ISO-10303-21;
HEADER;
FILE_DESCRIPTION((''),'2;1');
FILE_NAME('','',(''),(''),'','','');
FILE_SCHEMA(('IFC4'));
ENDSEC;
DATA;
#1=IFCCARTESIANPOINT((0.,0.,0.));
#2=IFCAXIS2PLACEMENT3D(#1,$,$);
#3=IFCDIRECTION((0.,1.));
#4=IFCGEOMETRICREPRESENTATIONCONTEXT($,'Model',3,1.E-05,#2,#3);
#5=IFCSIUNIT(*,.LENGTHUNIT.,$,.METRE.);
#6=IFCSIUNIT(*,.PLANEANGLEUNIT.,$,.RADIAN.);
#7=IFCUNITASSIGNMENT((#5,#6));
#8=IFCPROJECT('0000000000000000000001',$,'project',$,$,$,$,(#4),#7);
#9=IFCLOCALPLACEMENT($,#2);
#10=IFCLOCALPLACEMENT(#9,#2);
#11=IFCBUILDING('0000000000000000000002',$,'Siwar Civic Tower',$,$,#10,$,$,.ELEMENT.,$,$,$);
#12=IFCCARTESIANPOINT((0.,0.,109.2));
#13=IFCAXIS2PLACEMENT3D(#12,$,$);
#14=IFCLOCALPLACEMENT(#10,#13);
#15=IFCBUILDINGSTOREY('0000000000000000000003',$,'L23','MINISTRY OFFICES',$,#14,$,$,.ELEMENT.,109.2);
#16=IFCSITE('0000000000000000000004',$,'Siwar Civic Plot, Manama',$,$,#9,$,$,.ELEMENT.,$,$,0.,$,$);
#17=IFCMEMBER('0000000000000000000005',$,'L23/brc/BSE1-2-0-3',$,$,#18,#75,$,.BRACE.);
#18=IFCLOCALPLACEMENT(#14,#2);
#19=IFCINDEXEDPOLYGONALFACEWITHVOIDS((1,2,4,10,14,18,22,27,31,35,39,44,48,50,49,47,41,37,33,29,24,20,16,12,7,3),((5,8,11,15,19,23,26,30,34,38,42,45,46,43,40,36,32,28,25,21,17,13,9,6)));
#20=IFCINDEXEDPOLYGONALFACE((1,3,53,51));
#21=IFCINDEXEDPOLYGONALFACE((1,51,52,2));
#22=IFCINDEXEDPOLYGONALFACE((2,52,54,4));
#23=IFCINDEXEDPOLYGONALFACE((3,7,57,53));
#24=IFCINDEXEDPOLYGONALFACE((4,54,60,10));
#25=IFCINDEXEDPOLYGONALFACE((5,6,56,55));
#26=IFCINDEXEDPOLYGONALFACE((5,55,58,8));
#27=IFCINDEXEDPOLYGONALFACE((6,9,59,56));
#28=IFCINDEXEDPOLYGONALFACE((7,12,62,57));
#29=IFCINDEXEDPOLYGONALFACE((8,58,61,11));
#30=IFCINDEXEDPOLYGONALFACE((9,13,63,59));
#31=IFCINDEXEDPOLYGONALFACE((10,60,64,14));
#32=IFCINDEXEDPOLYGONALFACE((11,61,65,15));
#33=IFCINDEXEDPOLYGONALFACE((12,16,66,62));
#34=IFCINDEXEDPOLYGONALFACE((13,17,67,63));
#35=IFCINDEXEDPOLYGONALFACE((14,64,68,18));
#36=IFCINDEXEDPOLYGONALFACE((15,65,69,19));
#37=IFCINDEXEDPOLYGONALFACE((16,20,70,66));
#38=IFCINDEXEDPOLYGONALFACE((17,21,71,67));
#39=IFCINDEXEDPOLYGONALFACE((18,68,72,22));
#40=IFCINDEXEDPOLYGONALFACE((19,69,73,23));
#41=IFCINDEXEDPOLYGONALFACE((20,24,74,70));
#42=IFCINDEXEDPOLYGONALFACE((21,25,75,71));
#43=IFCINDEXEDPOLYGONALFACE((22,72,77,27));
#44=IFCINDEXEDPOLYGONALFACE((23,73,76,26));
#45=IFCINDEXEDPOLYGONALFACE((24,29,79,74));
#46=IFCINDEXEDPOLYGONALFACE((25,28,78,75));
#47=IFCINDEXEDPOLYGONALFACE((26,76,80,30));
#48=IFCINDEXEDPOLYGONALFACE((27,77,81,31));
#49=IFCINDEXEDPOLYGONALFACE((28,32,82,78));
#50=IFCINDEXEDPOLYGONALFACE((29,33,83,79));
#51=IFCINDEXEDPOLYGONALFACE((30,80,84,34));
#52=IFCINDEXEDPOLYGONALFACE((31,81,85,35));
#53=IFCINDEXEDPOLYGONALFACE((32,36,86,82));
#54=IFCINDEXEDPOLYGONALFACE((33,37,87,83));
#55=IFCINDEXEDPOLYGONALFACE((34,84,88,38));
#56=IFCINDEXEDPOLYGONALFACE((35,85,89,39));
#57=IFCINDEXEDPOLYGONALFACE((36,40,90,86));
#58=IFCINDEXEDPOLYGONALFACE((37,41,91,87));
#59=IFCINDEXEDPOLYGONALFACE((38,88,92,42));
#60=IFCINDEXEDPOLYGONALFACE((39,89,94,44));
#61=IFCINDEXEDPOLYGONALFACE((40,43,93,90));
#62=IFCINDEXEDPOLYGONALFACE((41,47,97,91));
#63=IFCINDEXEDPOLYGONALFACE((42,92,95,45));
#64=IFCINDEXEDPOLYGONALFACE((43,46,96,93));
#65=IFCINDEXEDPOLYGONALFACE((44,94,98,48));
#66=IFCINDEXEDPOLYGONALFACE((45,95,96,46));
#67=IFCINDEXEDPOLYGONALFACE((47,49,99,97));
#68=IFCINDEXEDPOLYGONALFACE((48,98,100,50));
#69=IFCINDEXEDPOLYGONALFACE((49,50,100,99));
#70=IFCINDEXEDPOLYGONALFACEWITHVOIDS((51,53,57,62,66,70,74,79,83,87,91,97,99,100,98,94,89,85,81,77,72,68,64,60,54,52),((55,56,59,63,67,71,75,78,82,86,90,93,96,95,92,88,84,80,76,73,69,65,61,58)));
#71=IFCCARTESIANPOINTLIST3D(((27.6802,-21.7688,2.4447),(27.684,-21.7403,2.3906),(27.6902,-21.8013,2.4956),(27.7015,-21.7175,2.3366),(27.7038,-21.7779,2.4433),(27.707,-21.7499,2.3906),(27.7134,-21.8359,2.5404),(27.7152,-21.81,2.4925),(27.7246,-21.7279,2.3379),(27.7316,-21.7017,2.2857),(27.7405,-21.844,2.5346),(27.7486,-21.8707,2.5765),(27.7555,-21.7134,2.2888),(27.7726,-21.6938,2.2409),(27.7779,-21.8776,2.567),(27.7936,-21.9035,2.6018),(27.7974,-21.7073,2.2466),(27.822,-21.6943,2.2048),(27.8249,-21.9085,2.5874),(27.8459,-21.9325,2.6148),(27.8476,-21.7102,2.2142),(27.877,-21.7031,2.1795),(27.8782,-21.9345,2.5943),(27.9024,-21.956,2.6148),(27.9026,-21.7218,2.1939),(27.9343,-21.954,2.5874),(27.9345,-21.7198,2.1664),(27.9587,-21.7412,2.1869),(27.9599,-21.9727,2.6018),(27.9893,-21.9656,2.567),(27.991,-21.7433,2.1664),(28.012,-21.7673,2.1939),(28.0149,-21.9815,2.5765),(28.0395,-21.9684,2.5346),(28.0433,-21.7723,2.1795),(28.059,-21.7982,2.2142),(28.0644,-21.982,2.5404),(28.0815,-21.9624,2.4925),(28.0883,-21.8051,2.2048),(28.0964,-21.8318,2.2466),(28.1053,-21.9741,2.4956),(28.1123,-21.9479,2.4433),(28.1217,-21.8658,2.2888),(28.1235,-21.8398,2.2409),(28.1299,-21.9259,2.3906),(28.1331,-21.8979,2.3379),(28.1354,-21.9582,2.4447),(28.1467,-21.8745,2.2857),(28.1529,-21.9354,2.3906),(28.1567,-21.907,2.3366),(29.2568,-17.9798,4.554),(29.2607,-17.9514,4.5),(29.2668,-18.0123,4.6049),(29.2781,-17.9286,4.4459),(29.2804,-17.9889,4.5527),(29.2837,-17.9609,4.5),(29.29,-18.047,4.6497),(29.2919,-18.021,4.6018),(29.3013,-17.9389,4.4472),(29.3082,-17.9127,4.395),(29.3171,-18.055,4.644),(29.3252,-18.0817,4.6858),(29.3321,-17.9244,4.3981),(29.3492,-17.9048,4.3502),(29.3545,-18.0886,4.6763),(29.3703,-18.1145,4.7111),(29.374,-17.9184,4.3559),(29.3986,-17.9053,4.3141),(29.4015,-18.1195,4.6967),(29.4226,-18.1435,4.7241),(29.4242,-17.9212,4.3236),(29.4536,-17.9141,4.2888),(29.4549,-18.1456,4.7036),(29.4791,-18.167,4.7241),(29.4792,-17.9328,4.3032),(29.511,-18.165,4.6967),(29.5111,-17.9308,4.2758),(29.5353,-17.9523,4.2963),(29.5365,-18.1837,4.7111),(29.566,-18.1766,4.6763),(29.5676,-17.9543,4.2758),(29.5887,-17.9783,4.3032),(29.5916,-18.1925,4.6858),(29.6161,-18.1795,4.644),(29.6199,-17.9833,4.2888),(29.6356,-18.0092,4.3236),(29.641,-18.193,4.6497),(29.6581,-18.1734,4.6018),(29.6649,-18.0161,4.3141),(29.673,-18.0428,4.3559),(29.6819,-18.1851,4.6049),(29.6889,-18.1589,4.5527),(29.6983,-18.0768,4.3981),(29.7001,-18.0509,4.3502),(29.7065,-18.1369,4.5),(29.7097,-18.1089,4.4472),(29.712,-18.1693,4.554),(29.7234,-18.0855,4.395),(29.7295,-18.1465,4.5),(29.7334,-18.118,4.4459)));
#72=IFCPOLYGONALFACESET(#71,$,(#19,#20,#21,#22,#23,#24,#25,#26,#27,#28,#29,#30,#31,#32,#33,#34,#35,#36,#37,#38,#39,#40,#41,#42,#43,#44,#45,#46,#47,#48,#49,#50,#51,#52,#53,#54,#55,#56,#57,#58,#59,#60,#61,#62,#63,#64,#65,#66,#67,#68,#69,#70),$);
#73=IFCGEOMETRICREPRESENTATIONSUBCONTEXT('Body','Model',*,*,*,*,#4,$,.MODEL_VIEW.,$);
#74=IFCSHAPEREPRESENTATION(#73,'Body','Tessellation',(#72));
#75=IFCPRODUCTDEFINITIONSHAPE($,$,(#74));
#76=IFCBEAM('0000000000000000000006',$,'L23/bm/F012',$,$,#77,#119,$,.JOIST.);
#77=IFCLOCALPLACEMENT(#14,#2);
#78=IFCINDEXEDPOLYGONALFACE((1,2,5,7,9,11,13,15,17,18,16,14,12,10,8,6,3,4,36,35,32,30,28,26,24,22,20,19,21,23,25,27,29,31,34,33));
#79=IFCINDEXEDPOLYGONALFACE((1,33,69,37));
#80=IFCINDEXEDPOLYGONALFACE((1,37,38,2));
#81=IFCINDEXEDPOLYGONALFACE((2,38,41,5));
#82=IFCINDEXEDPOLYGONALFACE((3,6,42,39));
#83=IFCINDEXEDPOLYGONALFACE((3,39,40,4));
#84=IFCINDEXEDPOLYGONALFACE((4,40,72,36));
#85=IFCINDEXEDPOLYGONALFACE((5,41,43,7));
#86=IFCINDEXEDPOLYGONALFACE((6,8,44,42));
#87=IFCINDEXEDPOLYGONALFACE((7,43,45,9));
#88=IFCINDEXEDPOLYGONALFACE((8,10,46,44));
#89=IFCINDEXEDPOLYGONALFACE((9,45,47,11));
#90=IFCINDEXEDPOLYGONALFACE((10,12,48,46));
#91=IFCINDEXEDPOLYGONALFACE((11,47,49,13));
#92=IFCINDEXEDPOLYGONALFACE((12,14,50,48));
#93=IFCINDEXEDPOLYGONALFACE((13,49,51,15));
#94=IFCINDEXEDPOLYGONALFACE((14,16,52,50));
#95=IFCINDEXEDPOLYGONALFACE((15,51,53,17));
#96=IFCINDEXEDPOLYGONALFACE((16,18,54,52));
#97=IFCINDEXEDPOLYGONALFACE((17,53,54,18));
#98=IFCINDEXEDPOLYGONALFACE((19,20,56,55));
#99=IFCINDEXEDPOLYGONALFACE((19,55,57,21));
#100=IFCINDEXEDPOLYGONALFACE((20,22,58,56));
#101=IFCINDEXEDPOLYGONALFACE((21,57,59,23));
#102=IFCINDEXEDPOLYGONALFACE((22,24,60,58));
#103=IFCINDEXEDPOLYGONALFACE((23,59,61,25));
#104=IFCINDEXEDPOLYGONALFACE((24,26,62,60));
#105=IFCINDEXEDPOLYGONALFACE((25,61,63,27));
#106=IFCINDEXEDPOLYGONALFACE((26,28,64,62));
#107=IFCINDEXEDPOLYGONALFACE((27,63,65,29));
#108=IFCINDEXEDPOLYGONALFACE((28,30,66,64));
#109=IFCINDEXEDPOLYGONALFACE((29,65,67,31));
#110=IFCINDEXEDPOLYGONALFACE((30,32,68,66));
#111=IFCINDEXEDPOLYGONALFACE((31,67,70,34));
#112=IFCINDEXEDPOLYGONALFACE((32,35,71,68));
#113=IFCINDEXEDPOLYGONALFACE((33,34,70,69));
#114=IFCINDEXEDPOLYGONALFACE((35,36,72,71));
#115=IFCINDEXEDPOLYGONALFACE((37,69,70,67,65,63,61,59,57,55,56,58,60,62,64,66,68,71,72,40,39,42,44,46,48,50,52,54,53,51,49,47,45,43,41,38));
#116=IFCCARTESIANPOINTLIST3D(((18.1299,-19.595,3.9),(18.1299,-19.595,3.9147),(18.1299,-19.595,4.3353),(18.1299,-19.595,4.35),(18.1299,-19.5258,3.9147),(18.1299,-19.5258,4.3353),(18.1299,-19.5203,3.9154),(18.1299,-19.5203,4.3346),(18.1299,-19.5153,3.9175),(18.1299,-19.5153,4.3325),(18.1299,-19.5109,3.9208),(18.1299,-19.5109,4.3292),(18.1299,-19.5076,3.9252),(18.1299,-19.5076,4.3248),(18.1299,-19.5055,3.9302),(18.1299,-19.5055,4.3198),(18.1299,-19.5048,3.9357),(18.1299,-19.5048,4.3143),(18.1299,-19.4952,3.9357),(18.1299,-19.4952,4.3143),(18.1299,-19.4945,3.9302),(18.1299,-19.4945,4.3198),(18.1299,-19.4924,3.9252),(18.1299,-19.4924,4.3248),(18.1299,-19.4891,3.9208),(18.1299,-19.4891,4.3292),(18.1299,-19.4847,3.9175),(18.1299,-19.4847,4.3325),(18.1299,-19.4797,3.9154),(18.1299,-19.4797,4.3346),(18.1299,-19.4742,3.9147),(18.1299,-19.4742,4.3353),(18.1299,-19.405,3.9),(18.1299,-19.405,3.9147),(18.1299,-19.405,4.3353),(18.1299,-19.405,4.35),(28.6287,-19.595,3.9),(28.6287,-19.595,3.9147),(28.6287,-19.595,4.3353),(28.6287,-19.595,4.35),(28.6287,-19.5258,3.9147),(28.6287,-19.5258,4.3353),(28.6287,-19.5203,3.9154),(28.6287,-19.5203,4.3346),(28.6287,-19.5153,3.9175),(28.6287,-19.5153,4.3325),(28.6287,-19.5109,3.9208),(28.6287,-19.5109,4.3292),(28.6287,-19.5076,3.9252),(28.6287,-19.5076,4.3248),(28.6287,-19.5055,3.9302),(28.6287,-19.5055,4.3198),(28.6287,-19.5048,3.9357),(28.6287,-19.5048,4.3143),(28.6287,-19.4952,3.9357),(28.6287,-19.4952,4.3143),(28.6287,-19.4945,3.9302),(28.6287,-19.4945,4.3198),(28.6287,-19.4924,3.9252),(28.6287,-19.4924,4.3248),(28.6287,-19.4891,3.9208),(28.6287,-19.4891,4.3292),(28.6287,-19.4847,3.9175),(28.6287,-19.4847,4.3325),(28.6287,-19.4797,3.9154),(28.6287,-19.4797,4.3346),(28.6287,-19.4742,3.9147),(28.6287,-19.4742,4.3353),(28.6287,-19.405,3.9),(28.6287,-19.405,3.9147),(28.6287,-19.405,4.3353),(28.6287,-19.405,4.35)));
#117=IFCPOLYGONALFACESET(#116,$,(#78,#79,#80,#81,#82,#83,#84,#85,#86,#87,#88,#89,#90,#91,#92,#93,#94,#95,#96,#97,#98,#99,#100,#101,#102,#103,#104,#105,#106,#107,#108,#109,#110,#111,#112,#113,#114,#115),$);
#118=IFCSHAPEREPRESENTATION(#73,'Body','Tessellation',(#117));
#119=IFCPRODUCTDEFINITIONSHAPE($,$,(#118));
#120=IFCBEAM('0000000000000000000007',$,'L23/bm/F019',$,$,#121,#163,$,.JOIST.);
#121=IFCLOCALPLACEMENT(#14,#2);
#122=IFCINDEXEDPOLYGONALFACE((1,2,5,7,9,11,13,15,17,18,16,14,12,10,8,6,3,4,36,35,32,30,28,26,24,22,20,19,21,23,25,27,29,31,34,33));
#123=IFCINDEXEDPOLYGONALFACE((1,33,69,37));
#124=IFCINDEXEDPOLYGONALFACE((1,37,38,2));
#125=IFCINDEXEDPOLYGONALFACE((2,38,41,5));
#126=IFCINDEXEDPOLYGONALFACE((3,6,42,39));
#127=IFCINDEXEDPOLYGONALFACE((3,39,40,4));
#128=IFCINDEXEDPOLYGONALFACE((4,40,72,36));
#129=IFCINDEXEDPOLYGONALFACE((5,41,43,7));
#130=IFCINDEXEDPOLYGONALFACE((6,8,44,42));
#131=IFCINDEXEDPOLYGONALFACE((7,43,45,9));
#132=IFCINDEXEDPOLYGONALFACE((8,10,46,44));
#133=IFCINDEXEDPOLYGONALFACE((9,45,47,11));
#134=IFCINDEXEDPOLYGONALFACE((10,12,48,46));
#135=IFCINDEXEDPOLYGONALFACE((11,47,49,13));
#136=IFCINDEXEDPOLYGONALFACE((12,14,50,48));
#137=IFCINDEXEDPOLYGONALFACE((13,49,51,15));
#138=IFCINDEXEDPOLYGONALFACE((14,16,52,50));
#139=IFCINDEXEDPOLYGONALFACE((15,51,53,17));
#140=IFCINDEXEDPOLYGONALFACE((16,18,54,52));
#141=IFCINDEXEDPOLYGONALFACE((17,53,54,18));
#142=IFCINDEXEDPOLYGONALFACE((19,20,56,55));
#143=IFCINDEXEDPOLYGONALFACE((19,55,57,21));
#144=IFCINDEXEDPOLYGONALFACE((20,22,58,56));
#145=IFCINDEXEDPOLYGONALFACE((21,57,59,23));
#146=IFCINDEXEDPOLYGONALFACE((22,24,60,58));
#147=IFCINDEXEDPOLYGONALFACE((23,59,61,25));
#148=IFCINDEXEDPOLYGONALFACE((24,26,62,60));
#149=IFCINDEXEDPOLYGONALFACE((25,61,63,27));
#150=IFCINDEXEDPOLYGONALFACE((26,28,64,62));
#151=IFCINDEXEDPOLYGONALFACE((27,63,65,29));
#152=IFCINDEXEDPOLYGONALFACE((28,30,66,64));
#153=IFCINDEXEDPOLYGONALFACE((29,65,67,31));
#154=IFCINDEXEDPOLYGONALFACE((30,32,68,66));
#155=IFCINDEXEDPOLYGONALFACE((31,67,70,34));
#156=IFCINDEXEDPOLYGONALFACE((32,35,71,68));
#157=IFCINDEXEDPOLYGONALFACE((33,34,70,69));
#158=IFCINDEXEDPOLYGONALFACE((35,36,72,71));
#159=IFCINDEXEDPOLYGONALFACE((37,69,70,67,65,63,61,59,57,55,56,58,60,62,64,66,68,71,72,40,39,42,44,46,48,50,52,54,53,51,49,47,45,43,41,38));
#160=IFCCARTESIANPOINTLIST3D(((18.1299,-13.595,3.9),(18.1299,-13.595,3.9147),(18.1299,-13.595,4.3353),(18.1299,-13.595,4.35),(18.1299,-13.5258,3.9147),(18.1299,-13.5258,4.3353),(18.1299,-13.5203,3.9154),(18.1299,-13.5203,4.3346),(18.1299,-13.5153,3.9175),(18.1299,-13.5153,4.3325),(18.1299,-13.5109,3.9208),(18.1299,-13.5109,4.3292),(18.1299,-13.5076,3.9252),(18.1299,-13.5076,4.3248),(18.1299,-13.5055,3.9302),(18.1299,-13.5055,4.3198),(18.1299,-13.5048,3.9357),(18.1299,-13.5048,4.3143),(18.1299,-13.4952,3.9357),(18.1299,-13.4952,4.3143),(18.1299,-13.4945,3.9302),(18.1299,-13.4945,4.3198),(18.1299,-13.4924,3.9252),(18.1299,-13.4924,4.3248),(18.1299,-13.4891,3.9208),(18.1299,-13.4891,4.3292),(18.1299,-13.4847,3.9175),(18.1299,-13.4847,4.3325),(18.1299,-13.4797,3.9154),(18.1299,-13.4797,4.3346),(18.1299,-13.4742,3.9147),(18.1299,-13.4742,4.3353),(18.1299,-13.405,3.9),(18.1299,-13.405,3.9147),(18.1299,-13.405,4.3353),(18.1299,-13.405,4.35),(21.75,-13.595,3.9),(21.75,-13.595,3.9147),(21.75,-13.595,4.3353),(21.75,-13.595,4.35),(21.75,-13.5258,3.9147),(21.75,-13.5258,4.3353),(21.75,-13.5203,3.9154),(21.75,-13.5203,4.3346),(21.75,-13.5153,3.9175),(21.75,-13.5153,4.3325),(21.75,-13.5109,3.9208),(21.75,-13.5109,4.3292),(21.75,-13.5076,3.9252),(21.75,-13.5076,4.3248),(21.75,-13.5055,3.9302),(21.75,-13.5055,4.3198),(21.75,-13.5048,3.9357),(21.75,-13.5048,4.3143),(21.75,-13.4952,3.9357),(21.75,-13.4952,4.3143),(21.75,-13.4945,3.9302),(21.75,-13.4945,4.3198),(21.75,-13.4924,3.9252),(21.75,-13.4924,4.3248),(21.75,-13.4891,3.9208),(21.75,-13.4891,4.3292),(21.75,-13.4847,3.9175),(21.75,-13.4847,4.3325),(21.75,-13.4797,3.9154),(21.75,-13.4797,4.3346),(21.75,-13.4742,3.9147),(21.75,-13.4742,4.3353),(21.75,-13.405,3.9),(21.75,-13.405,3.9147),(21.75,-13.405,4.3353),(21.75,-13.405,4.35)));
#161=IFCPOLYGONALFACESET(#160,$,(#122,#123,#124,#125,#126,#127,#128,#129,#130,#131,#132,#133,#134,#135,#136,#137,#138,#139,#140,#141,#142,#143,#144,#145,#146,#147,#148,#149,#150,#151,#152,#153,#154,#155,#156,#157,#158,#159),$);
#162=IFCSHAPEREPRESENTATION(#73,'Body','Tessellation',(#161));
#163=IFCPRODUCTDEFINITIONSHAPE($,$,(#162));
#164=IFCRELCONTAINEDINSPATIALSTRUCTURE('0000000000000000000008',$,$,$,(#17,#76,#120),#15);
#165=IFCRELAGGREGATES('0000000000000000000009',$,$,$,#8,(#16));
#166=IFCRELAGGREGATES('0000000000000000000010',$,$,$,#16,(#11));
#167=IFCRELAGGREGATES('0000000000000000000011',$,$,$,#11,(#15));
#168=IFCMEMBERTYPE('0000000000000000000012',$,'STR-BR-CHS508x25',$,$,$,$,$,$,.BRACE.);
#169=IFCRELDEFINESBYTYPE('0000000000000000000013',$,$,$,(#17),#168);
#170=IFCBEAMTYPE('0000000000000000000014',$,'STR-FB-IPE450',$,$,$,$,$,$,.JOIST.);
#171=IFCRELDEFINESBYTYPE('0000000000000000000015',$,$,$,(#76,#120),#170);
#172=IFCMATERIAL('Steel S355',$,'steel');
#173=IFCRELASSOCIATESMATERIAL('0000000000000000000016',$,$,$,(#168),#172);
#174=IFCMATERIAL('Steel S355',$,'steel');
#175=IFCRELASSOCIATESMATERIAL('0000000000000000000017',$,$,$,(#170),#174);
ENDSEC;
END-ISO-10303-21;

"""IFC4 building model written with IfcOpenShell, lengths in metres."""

from ifc_helpers import new_model, si_unit, direction, frame, origin, origin_2d, place, context, subcontext, project, spatial, hollow_circle, i_section, extrude, material, material_profile, profile_set, type_object, element, save


model = new_model("IFC4")

# Units and contexts
model_context = context("Model", 3, precision=1e-05, world=origin(), true_north=direction((0.0, 1.0)))
body_context = subcontext(model_context, "Body", "Model", "MODEL_VIEW")
ifc_project = project(units=[si_unit("LENGTHUNIT", "METRE"), si_unit("PLANEANGLEUNIT", "RADIAN")], contexts=[model_context])

# Site, building, storey
site_placement = place(None, origin())
site = spatial("IfcSite", under=ifc_project, at=site_placement, Name="Siwar Civic Plot, Manama", CompositionType="ELEMENT", RefElevation=0.0)
building_placement = place(site_placement, origin())
building = spatial("IfcBuilding", under=site, at=building_placement, Name="Siwar Civic Tower", CompositionType="ELEMENT")
storey_placement = place(building_placement, frame((0.0, 0.0, 109.2)))
storey = spatial("IfcBuildingStorey", under=building, at=storey_placement, Name="L23", Description="MINISTRY OFFICES", CompositionType="ELEMENT", Elevation=109.2)

# Member
ifc_material_1 = material(Name="Steel S355", Category="steel")
ifc_material_profile_1 = material_profile(ifc_material_1, hollow_circle(Radius=0.2539, WallThickness=0.0249, at=origin_2d()), Name="CHS508x25")
ifc_profile_set_1 = profile_set([ifc_material_profile_1], Name="Steel S355")
member_type_1 = type_object("IfcMemberType", Name="STR-BR-CHS508x25", PredefinedType="BRACE", material=ifc_profile_set_1)
member_1_placement = place(storey_placement, frame((27.9185, -21.8379, 2.3906), z_axis=(0.341686, 0.821146, 0.457133), x_axis=(-0.92326, 0.384176, 0.0)))
element("IfcMember", 1, at=member_1_placement, inside=storey, type_object=member_type_1, Name="L23/brc/BSE1-2-0-3", PredefinedType="BRACE", context=body_context, shape_type="SweptSolid", body=[
    extrude(hollow_circle(Radius=0.2539, WallThickness=0.0249, at=origin_2d()), origin(), (0.0, 0.0, 1.0), 4.6143),
])

# Beams
ifc_material_2 = material(Name="Steel S355", Category="steel")
ifc_material_profile_2 = material_profile(ifc_material_2, i_section(OverallWidth=0.1899, OverallDepth=0.45, WebThickness=0.0095, FlangeThickness=0.0146, FilletRadius=0.021, at=origin_2d()), Name="IPE450")
ifc_profile_set_2 = profile_set([ifc_material_profile_2], Name="Steel S355")
beam_type_1 = type_object("IfcBeamType", Name="STR-FB-IPE450", PredefinedType="JOIST", material=ifc_profile_set_2)
beam_1_placement = place(storey_placement, frame((18.1299, -19.5, 4.125), z_axis=(1.0, 0.0, 0.0), x_axis=(0.0, 1.0, 0.0)))
element("IfcBeam", 2, at=beam_1_placement, inside=storey, type_object=beam_type_1, Name="L23/bm/F012", PredefinedType="JOIST", context=body_context, shape_type="SweptSolid", body=[
    extrude(i_section(OverallWidth=0.1899, OverallDepth=0.45, WebThickness=0.0095, FlangeThickness=0.0146, FilletRadius=0.021, at=origin_2d()), origin(), (0.0, 0.0, 1.0), 10.4988),
])
beam_2_placement = place(storey_placement, frame((18.1299, -13.5, 4.125), z_axis=(1.0, 0.0, 0.0), x_axis=(0.0, 1.0, 0.0)))
element("IfcBeam", 3, at=beam_2_placement, inside=storey, type_object=beam_type_1, Name="L23/bm/F019", PredefinedType="JOIST", context=body_context, shape_type="SweptSolid", body=[
    extrude(i_section(OverallWidth=0.1899, OverallDepth=0.45, WebThickness=0.0095, FlangeThickness=0.0146, FilletRadius=0.021, at=origin_2d()), origin(), (0.0, 0.0, 1.0), 3.6201),
])

save(model, "model.ifc")
